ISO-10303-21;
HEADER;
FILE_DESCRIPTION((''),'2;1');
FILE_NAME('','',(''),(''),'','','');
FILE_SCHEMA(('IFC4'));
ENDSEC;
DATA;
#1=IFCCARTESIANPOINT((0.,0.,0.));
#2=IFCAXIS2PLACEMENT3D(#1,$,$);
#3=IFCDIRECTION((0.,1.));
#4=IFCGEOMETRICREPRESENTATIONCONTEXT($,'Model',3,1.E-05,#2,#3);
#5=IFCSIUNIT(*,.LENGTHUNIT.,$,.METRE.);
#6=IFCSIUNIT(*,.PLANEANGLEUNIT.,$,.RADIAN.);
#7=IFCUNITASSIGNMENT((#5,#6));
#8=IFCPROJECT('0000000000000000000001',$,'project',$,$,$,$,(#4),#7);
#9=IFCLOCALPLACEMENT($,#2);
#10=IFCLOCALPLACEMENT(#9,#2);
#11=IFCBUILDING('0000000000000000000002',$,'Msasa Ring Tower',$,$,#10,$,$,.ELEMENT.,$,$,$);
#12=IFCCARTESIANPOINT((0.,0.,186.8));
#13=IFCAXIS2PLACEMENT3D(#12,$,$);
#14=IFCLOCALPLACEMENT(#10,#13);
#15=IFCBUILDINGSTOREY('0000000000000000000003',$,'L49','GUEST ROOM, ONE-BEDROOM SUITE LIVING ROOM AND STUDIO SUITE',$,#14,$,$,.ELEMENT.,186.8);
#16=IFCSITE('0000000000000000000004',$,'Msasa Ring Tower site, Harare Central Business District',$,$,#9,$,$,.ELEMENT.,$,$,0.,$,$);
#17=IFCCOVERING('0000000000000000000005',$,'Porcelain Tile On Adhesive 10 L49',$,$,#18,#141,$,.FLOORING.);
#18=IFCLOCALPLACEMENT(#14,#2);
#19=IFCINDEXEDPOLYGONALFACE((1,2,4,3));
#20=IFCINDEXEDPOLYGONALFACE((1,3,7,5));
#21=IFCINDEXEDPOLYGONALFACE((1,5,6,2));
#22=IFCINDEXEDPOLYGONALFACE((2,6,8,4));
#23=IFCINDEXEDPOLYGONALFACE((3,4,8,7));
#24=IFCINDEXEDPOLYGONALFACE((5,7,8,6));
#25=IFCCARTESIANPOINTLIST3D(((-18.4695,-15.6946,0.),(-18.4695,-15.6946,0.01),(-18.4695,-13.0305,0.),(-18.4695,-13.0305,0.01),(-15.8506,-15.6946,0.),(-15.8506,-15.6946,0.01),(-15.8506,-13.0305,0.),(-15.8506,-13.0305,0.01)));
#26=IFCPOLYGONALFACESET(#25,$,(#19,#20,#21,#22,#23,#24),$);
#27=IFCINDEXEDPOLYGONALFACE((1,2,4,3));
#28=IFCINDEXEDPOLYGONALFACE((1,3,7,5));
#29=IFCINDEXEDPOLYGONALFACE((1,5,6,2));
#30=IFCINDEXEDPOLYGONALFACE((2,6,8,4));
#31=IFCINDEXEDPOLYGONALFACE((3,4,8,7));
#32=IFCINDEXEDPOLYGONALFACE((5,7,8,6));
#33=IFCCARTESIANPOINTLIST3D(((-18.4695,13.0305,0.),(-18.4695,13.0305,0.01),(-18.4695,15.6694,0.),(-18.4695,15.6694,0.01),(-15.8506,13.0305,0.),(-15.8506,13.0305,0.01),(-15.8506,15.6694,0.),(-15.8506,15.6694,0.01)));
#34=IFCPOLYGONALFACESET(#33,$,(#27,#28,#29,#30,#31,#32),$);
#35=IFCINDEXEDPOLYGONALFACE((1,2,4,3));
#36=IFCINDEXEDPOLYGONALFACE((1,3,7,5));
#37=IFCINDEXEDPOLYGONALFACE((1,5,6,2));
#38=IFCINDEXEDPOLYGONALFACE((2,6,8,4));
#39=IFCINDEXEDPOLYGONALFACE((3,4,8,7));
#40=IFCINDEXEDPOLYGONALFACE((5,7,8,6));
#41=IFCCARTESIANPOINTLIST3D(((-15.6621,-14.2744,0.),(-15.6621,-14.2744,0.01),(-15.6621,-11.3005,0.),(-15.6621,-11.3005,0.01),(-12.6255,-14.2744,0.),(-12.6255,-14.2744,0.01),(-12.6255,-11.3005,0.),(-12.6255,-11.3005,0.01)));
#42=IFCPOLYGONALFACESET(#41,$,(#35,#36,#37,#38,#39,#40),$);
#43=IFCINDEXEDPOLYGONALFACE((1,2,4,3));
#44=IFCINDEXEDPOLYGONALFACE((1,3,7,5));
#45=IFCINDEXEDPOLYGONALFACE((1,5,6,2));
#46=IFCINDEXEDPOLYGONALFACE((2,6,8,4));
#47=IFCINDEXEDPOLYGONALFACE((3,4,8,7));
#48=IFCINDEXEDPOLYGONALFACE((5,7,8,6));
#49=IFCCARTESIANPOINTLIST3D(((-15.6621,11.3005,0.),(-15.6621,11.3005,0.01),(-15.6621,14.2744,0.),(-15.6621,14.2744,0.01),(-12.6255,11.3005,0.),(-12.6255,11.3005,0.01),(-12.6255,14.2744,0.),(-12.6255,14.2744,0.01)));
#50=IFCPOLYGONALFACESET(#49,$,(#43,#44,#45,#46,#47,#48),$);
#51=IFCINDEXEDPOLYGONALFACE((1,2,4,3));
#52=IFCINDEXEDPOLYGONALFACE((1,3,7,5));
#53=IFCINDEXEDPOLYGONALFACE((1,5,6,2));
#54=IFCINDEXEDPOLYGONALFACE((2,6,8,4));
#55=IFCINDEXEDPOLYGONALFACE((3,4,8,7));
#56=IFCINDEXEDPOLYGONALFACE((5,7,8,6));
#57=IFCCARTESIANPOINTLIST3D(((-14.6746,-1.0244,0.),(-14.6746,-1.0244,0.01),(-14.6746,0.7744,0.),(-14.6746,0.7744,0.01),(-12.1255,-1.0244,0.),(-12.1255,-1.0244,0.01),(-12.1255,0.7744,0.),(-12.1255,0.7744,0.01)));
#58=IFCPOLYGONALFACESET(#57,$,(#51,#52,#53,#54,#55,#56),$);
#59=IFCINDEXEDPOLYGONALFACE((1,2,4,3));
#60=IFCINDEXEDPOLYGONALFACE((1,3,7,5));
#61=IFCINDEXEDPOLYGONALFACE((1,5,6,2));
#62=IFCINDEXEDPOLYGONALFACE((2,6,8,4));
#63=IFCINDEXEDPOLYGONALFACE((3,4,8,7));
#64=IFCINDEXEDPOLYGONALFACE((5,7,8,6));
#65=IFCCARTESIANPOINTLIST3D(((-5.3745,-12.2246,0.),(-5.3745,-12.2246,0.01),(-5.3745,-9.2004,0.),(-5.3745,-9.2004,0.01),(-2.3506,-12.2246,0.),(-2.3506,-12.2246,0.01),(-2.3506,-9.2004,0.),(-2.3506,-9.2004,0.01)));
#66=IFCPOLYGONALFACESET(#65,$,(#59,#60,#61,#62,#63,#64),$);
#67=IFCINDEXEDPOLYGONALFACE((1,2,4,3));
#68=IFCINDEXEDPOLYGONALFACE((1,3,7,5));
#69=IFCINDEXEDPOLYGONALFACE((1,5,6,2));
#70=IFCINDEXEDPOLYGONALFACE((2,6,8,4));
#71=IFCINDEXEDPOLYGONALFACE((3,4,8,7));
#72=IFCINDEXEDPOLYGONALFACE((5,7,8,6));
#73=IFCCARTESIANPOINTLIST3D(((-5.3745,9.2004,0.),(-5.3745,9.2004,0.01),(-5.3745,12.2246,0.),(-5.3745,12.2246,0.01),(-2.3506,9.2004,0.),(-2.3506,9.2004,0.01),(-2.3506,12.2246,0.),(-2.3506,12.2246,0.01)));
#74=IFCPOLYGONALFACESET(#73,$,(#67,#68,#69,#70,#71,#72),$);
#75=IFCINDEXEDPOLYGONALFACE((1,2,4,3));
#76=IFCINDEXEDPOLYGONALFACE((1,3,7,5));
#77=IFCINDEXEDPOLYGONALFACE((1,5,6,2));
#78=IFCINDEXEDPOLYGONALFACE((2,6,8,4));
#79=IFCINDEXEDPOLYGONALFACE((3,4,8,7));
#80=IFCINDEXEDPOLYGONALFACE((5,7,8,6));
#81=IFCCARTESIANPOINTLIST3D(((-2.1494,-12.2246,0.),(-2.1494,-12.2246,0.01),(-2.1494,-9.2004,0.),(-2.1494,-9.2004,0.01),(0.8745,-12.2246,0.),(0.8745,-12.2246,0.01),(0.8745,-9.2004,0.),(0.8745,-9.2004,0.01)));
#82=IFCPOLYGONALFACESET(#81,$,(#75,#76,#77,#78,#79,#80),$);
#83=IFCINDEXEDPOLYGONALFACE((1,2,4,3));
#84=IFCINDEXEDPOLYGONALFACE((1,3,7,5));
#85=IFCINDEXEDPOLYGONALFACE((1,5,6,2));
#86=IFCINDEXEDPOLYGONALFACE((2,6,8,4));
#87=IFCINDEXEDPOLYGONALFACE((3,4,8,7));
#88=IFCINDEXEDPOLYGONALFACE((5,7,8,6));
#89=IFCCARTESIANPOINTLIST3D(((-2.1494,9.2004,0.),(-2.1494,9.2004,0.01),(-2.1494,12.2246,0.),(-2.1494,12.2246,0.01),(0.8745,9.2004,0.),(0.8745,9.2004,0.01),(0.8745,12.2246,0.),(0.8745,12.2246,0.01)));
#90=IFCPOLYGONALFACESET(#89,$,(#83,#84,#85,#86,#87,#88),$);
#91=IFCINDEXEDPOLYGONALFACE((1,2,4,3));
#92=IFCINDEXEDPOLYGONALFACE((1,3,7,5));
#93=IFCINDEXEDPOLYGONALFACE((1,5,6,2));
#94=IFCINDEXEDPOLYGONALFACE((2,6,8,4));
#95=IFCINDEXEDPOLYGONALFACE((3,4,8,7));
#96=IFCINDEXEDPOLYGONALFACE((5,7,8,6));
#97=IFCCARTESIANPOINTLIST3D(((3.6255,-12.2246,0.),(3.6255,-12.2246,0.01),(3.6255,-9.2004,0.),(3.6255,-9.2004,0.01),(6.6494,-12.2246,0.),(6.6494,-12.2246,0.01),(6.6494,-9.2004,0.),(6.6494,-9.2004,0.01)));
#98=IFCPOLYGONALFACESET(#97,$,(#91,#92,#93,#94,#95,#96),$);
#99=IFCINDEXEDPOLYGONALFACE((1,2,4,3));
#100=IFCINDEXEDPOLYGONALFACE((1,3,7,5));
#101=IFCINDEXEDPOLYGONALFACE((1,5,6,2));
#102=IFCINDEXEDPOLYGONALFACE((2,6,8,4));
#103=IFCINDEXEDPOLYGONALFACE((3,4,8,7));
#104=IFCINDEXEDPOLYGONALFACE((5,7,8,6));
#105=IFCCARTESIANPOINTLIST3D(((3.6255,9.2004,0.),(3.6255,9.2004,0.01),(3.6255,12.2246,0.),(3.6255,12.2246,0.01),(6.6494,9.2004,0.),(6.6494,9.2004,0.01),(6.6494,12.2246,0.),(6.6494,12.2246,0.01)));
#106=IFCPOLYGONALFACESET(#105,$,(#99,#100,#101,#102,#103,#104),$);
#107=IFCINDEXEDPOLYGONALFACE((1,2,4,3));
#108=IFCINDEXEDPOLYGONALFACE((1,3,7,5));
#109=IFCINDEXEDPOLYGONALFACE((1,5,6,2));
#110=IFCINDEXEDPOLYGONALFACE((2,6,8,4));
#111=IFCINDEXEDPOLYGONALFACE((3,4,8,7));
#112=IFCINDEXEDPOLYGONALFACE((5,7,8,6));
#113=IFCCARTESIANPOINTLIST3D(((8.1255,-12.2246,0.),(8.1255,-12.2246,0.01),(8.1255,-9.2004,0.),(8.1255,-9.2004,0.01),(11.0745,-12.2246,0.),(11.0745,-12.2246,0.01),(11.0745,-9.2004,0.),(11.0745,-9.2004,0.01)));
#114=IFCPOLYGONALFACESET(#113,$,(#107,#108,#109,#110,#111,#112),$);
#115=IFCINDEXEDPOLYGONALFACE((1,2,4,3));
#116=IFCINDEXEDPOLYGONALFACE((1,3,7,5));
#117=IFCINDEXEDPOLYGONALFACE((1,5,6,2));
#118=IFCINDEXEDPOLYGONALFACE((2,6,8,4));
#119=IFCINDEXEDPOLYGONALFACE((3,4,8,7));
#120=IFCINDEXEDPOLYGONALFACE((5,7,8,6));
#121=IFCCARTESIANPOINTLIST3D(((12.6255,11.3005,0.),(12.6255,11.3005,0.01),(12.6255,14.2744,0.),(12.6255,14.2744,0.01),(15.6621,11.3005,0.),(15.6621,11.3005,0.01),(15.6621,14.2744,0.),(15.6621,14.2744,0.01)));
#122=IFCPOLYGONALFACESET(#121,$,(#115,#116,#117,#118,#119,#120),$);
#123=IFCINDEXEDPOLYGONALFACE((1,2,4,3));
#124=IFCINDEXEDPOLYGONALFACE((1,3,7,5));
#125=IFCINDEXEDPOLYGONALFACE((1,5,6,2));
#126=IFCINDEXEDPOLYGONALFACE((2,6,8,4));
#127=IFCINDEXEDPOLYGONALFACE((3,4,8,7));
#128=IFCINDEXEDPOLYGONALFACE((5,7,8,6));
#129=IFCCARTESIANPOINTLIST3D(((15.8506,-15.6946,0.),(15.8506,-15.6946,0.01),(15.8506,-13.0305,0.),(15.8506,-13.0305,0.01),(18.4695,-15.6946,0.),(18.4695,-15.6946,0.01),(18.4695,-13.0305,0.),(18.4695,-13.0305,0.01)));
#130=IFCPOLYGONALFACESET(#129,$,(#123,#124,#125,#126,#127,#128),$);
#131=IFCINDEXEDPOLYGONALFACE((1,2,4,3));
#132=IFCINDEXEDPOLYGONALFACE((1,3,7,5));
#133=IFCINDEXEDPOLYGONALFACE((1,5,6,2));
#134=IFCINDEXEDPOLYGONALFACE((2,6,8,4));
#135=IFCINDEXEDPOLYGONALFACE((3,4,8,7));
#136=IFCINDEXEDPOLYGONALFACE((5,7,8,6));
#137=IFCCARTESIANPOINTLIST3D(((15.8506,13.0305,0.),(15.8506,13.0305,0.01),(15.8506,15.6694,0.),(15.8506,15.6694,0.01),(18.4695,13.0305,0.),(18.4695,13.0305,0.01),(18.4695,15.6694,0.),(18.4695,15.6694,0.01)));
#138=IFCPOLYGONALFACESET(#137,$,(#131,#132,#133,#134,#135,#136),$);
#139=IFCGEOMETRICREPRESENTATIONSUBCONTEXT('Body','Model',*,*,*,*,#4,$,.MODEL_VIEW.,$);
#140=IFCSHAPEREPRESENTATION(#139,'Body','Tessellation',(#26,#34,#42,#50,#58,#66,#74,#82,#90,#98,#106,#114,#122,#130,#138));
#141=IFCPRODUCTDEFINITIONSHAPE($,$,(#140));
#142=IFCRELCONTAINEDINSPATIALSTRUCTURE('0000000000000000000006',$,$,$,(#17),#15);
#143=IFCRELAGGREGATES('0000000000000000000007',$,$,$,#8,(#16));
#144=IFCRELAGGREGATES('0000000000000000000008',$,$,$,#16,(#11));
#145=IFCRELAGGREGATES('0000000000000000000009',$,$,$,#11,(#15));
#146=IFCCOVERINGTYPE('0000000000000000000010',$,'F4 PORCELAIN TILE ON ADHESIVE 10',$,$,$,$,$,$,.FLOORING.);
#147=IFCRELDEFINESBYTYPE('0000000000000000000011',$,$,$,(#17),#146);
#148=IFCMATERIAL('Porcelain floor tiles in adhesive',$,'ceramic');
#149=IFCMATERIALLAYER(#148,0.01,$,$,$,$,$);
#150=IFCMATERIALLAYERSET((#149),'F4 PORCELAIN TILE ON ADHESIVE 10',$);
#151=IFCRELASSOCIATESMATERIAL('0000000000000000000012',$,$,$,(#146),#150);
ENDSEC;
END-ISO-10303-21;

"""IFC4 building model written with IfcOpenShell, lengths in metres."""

from ifc_helpers import new_model, si_unit, direction, frame, origin, place, context, subcontext, project, spatial, line, indexed_curve, outline, extrude, material, layer, layer_set, type_object, element, save


model = new_model("IFC4")

# Units and contexts
model_context = context("Model", 3, precision=1e-05, world=origin(), true_north=direction((0.0, 1.0)))
body_context = subcontext(model_context, "Body", "Model", "MODEL_VIEW")
ifc_project = project(units=[si_unit("LENGTHUNIT", "METRE"), si_unit("PLANEANGLEUNIT", "RADIAN")], contexts=[model_context])

# Site, building, storey
site_placement = place(None, origin())
site = spatial("IfcSite", under=ifc_project, at=site_placement, Name="Msasa Ring Tower site, Harare Central Business District", CompositionType="ELEMENT", RefElevation=0.0)
building_placement = place(site_placement, origin())
building = spatial("IfcBuilding", under=site, at=building_placement, Name="Msasa Ring Tower", CompositionType="ELEMENT")
storey_placement = place(building_placement, frame((0.0, 0.0, 186.8)))
storey = spatial("IfcBuildingStorey", under=building, at=storey_placement, Name="L49", Description="GUEST ROOM, ONE-BEDROOM SUITE LIVING ROOM AND STUDIO SUITE", CompositionType="ELEMENT", Elevation=186.8)

# Covering
ifc_material_1 = material(Name="Porcelain floor tiles in adhesive", Category="ceramic")
ifc_layer_1 = layer(ifc_material_1, 0.01)
ifc_layer_set_1 = layer_set([ifc_layer_1], Name="F4 PORCELAIN TILE ON ADHESIVE 10")
covering_type_1 = type_object("IfcCoveringType", Name="F4 PORCELAIN TILE ON ADHESIVE 10", PredefinedType="FLOORING", material=ifc_layer_set_1)
covering_1_placement = place(storey_placement, origin())
element("IfcCovering", 1, at=covering_1_placement, inside=storey, type_object=covering_type_1, Name="Porcelain Tile On Adhesive 10 L49", PredefinedType="FLOORING", context=body_context, shape_type="SweptSolid", body=[
    extrude(outline(indexed_curve([(-18.4695, -13.0305), (-15.8506, -13.0305), (-15.8506, -15.6946), (-18.4695, -15.6946)], segments=[line(1, 2, 3, 4, 1)], self_intersect=False)), origin(), (0.0, 0.0, 1.0), 0.01),
    extrude(outline(indexed_curve([(-15.8506, 15.6694), (-15.8506, 13.0305), (-18.4695, 13.0305), (-18.4695, 15.6694)], segments=[line(1, 2, 3, 4, 1)], self_intersect=False)), origin(), (0.0, 0.0, 1.0), 0.01),
    extrude(outline(indexed_curve([(-12.6255, -11.3005), (-12.6255, -14.2744), (-15.6621, -14.2744), (-15.6621, -11.3005)], segments=[line(1, 2, 3, 4, 1)], self_intersect=False)), origin(), (0.0, 0.0, 1.0), 0.01),
    extrude(outline(indexed_curve([(-15.6621, 11.3005), (-15.6621, 14.2744), (-12.6255, 14.2744), (-12.6255, 11.3005)], segments=[line(1, 2, 3, 4, 1)], self_intersect=False)), origin(), (0.0, 0.0, 1.0), 0.01),
    extrude(outline(indexed_curve([(-12.1255, -1.0244), (-14.6746, -1.0244), (-14.6746, 0.7744), (-12.1255, 0.7744)], segments=[line(1, 2, 3, 4, 1)], self_intersect=False)), origin(), (0.0, 0.0, 1.0), 0.01),
    extrude(outline(indexed_curve([(-2.3506, -9.2004), (-2.3506, -12.2246), (-5.3745, -12.2246), (-5.3745, -9.2004)], segments=[line(1, 2, 3, 4, 1)], self_intersect=False)), origin(), (0.0, 0.0, 1.0), 0.01),
    extrude(outline(indexed_curve([(-2.3506, 9.2004), (-5.3745, 9.2004), (-5.3745, 12.2246), (-2.3506, 12.2246)], segments=[line(1, 2, 3, 4, 1)], self_intersect=False)), origin(), (0.0, 0.0, 1.0), 0.01),
    extrude(outline(indexed_curve([(0.8745, -9.2004), (0.8745, -12.2246), (-2.1494, -12.2246), (-2.1494, -9.2004)], segments=[line(1, 2, 3, 4, 1)], self_intersect=False)), origin(), (0.0, 0.0, 1.0), 0.01),
    extrude(outline(indexed_curve([(-2.1494, 9.2004), (-2.1494, 12.2246), (0.8745, 12.2246), (0.8745, 9.2004)], segments=[line(1, 2, 3, 4, 1)], self_intersect=False)), origin(), (0.0, 0.0, 1.0), 0.01),
    extrude(outline(indexed_curve([(6.6494, -9.2004), (6.6494, -12.2246), (3.6255, -12.2246), (3.6255, -9.2004)], segments=[line(1, 2, 3, 4, 1)], self_intersect=False)), origin(), (0.0, 0.0, 1.0), 0.01),
    extrude(outline(indexed_curve([(6.6494, 9.2004), (3.6255, 9.2004), (3.6255, 12.2246), (6.6494, 12.2246)], segments=[line(1, 2, 3, 4, 1)], self_intersect=False)), origin(), (0.0, 0.0, 1.0), 0.01),
    extrude(outline(indexed_curve([(11.0745, -9.2004), (11.0745, -12.2246), (8.1255, -12.2246), (8.1255, -9.2004)], segments=[line(1, 2, 3, 4, 1)], self_intersect=False)), origin(), (0.0, 0.0, 1.0), 0.01),
    extrude(outline(indexed_curve([(12.6255, 11.3005), (12.6255, 14.2744), (15.6621, 14.2744), (15.6621, 11.3005)], segments=[line(1, 2, 3, 4, 1)], self_intersect=False)), origin(), (0.0, 0.0, 1.0), 0.01),
    extrude(outline(indexed_curve([(18.4695, -13.0305), (18.4695, -15.6946), (15.8506, -15.6946), (15.8506, -13.0305)], segments=[line(1, 2, 3, 4, 1)], self_intersect=False)), origin(), (0.0, 0.0, 1.0), 0.01),
    extrude(outline(indexed_curve([(18.4695, 15.6694), (18.4695, 13.0305), (15.8506, 13.0305), (15.8506, 15.6694)], segments=[line(1, 2, 3, 4, 1)], self_intersect=False)), origin(), (0.0, 0.0, 1.0), 0.01),
])

save(model, "model.ifc")
